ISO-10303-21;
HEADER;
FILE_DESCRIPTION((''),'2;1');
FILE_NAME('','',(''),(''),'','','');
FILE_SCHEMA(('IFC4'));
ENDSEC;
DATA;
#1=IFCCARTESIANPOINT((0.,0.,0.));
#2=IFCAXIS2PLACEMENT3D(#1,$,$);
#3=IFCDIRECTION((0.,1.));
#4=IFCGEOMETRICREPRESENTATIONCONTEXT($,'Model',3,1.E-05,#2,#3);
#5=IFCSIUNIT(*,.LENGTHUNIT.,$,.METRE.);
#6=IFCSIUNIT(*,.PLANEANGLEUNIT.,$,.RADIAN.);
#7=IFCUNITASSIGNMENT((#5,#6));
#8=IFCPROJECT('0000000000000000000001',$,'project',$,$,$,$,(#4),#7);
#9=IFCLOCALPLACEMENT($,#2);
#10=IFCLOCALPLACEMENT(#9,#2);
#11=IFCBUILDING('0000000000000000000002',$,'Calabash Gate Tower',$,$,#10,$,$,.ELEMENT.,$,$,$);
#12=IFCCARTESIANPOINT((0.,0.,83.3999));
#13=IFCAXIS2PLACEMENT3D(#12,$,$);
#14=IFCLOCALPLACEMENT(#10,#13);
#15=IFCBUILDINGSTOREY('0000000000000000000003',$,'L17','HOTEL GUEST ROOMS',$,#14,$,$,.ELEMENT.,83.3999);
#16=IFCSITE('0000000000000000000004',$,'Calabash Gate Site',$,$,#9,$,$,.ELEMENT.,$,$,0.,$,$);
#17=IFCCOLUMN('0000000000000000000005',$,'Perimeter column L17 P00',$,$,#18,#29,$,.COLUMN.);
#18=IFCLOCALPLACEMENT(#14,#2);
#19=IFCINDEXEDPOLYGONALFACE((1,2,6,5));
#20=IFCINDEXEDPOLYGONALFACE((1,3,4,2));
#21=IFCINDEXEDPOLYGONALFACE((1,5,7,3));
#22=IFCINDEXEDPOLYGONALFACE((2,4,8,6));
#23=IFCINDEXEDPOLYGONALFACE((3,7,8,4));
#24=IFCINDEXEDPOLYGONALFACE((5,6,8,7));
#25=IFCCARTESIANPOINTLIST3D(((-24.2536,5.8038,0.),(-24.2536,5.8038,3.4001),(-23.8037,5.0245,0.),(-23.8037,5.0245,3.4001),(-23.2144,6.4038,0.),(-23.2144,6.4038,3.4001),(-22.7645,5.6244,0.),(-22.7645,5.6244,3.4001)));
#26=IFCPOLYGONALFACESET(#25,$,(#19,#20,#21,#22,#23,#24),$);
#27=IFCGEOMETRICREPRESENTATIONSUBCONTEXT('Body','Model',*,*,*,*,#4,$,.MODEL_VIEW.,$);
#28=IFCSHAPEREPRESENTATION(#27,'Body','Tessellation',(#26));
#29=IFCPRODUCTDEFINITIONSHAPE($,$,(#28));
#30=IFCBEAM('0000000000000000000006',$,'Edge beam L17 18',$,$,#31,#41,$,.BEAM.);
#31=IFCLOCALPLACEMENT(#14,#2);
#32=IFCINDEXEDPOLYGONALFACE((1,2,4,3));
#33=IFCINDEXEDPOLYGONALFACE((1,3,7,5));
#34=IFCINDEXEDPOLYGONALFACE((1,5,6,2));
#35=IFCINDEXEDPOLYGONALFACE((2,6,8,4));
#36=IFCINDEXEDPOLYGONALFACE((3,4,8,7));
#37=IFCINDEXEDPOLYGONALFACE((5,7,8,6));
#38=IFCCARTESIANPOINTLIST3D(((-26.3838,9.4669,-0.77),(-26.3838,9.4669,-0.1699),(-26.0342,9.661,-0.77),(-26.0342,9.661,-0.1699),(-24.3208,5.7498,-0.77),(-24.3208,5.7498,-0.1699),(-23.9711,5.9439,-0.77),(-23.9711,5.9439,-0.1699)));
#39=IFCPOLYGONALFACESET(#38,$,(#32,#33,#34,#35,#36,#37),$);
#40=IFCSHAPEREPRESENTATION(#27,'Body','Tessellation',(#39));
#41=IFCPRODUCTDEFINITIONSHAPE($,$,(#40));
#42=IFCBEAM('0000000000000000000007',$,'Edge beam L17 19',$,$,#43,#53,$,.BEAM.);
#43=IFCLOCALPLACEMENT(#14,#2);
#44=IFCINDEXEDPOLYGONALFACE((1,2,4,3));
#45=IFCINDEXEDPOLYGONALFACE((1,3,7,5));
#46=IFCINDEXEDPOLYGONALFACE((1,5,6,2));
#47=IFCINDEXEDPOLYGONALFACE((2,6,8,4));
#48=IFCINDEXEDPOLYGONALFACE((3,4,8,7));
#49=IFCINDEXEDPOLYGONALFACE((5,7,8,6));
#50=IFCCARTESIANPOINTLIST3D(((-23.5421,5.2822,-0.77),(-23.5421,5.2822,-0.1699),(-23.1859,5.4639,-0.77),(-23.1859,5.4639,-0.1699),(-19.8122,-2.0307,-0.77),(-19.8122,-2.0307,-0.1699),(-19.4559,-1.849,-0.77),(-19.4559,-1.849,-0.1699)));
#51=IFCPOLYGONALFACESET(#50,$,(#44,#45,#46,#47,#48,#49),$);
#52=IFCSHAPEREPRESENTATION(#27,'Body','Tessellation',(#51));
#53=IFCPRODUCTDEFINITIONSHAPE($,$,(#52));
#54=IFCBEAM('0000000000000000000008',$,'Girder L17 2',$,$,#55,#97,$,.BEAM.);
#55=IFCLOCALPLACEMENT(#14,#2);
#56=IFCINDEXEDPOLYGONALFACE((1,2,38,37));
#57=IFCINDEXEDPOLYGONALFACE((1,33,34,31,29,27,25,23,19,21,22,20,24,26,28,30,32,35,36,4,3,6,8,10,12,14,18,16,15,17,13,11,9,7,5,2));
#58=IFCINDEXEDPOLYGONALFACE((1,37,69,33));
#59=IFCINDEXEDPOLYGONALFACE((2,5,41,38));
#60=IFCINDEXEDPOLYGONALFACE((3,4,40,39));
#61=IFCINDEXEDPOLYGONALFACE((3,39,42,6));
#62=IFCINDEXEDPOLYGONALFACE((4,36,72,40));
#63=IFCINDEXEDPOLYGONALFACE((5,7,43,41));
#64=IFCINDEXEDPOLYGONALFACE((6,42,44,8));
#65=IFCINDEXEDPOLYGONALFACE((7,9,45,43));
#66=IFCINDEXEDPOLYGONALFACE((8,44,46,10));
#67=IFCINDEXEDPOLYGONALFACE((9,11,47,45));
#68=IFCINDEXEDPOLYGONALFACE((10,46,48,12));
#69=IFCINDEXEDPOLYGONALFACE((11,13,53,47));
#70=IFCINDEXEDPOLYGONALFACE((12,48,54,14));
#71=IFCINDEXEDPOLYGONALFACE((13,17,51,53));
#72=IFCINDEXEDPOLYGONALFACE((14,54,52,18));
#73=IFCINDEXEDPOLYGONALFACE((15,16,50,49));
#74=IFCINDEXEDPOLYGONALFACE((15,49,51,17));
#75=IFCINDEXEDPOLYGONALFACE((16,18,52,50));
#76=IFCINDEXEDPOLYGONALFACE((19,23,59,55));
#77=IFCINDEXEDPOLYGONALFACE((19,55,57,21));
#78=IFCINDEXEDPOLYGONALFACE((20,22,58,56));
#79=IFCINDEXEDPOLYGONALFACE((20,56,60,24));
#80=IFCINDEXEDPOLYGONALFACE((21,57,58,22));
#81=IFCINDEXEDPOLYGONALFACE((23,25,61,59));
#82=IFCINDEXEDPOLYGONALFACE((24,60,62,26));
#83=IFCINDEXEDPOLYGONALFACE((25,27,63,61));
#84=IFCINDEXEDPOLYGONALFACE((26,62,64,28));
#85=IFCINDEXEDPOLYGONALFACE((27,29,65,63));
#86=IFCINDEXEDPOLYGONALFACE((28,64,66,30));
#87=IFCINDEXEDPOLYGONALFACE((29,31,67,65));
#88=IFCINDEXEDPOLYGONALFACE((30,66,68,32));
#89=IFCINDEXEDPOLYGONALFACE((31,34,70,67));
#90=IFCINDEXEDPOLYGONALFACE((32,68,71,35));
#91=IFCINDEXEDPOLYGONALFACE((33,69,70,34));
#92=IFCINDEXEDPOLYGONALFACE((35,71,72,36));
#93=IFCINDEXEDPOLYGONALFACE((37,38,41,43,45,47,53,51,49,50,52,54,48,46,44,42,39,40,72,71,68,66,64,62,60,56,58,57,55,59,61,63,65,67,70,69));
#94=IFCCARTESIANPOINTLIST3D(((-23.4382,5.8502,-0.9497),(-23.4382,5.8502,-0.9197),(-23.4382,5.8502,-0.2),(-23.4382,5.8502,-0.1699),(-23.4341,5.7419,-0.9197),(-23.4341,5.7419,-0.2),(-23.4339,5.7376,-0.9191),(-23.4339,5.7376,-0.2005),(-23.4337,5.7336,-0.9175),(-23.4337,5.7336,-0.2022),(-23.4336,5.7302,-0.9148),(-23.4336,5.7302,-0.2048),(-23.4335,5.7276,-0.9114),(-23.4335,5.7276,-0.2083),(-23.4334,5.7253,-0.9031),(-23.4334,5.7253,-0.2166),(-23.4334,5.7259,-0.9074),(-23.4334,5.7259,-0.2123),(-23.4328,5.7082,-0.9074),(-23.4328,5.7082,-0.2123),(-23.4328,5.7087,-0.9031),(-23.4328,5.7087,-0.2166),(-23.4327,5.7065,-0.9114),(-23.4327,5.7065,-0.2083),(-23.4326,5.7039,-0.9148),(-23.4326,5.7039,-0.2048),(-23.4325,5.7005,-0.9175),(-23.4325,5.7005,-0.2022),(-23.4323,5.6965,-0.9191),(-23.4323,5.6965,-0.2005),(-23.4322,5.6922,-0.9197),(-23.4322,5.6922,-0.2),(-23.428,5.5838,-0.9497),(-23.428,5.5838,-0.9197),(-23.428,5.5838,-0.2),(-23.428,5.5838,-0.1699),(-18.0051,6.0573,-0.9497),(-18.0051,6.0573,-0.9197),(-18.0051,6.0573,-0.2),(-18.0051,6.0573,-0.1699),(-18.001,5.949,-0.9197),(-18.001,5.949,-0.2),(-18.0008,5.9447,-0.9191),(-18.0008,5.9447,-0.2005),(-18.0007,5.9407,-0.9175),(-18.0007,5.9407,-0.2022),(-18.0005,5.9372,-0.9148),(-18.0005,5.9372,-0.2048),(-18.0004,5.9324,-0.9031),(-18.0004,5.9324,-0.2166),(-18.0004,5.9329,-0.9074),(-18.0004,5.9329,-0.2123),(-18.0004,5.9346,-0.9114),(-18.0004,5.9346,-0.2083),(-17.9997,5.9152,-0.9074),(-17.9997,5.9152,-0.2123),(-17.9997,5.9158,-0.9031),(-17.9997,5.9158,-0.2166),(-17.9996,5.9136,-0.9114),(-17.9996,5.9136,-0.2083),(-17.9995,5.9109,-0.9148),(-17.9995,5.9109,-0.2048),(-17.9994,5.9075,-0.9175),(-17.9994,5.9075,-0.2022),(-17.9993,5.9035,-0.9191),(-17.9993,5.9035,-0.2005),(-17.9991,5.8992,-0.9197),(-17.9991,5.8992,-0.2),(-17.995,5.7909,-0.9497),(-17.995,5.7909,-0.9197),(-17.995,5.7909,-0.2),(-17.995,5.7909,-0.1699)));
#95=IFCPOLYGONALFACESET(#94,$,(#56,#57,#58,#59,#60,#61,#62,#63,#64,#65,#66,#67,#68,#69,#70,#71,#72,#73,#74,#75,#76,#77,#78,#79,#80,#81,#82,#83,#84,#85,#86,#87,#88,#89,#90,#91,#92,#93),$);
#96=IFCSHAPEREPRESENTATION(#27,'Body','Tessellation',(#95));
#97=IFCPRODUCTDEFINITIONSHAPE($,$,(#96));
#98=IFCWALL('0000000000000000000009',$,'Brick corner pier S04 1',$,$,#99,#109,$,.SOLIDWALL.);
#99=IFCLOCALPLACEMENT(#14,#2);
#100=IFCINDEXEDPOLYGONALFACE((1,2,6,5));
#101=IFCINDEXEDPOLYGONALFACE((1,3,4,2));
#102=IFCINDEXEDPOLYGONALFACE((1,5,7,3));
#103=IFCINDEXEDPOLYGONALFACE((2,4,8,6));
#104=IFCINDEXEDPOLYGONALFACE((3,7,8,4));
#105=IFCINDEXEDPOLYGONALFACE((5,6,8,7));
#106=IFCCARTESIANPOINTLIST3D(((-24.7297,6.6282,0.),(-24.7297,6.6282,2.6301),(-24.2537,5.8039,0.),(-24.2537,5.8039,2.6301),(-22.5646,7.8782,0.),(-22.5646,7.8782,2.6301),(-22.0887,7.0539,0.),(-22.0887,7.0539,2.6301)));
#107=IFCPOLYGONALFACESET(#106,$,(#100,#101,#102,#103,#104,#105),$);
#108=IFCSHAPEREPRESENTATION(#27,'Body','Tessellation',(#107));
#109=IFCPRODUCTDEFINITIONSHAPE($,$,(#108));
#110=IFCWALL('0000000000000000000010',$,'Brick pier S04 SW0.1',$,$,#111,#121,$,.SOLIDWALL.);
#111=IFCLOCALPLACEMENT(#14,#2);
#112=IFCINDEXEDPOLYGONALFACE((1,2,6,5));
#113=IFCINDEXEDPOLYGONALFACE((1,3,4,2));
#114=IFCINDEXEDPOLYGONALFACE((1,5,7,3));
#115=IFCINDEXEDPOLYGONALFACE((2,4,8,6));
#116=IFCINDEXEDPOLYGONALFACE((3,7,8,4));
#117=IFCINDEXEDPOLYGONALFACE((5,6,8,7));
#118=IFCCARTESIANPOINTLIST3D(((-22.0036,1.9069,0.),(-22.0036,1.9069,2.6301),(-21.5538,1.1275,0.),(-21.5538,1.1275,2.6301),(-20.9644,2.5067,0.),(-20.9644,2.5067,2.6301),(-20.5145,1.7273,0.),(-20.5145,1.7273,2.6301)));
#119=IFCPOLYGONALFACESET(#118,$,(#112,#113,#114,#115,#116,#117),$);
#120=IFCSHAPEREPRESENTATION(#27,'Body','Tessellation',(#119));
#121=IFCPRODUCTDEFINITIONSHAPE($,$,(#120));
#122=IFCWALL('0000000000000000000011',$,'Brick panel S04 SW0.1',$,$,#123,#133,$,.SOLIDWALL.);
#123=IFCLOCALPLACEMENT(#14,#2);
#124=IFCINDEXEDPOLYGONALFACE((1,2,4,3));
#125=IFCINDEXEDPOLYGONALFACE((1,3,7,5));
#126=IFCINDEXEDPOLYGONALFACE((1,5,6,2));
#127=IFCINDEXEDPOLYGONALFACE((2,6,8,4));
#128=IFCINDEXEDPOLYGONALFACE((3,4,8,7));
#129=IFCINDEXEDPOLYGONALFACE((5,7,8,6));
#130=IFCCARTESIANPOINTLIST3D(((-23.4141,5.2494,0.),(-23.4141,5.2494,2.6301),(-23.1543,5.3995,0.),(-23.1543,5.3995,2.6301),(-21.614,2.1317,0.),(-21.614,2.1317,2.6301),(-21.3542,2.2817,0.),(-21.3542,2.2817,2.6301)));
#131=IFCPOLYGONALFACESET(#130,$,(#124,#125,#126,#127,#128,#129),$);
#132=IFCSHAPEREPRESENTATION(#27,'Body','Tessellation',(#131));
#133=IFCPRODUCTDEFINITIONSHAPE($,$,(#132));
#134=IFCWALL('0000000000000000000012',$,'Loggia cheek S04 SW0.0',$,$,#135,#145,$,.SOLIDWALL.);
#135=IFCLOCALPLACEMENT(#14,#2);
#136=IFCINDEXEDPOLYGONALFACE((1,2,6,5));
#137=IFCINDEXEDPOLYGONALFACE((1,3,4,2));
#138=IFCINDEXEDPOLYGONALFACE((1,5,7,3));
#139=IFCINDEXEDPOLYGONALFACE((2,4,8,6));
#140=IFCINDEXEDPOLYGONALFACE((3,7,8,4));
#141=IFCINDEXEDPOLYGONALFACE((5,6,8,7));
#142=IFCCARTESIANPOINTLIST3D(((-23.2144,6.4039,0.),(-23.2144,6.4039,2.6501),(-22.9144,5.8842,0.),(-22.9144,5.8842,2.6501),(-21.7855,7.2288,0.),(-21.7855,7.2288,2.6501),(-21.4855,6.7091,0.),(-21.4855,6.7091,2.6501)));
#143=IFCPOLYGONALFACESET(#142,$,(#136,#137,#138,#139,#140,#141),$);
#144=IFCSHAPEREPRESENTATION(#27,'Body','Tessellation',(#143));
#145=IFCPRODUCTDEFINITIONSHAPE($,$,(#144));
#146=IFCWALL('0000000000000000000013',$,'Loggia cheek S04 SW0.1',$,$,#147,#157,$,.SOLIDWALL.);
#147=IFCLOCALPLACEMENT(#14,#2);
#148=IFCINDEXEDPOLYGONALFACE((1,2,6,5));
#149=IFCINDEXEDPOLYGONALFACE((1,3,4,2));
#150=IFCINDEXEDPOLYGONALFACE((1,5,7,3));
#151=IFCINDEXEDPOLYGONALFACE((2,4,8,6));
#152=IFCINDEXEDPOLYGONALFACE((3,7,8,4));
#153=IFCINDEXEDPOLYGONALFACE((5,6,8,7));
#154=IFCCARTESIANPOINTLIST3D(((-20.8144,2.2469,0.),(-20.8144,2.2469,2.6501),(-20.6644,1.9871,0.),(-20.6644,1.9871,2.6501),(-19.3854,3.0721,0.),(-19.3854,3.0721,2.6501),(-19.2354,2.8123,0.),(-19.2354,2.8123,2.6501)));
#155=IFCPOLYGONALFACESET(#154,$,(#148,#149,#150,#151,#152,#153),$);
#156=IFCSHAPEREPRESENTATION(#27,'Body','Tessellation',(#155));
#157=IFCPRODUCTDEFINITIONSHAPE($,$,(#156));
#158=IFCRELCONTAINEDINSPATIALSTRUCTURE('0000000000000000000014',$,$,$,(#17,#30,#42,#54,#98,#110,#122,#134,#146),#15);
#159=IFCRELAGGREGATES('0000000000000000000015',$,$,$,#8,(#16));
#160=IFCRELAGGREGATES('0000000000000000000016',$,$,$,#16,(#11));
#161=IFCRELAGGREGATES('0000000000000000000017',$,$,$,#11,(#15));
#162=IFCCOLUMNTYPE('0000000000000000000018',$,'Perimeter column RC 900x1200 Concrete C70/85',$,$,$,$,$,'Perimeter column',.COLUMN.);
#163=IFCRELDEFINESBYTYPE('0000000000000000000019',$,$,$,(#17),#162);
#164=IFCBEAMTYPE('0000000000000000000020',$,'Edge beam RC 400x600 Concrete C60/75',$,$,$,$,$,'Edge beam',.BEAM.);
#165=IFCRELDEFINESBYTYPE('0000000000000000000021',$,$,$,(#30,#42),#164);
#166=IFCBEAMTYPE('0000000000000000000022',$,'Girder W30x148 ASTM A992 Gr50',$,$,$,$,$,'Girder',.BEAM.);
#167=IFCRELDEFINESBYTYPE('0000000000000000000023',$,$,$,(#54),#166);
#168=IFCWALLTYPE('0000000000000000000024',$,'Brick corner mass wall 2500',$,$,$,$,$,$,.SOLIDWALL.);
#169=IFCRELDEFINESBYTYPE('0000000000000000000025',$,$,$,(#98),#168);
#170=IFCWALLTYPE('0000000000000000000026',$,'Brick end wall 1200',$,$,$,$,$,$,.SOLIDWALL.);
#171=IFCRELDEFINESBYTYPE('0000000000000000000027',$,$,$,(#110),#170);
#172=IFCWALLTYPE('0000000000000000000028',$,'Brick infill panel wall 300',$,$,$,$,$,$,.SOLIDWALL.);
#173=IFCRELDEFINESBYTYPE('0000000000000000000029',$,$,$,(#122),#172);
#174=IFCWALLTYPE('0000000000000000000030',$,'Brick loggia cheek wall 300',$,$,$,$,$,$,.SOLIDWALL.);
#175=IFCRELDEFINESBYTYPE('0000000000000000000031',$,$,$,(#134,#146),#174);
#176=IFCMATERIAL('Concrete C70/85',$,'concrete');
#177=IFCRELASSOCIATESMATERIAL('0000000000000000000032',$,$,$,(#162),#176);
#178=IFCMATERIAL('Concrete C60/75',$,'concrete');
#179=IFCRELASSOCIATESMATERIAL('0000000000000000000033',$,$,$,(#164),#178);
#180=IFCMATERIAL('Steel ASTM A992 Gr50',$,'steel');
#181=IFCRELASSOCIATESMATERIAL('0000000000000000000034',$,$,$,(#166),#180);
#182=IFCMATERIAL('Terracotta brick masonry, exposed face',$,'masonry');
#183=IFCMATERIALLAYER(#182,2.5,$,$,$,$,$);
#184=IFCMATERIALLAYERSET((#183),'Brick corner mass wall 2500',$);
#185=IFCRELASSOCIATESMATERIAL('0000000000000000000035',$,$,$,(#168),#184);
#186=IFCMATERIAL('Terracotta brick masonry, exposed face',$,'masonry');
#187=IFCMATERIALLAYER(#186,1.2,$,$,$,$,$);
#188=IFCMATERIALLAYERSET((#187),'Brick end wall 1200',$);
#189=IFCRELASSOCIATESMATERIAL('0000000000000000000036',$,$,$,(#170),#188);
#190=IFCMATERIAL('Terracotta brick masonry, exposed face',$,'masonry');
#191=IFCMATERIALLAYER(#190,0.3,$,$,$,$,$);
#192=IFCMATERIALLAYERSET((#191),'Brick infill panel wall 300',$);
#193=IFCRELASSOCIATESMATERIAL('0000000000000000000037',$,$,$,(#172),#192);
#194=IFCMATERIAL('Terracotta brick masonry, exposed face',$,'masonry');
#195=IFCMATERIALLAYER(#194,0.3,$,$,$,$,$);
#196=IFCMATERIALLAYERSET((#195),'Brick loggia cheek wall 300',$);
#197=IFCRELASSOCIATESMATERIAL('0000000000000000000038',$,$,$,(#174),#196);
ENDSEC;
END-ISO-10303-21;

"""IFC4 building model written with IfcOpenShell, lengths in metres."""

from ifc_helpers import new_model, si_unit, direction, frame, frame_2d, origin, origin_2d, place, context, subcontext, project, spatial, rectangle, i_section, extrude, material, layer, layer_set, material_profile, profile_set, type_object, element, save


model = new_model("IFC4")

# Units and contexts
model_context = context("Model", 3, precision=1e-05, world=origin(), true_north=direction((0.0, 1.0)))
body_context = subcontext(model_context, "Body", "Model", "MODEL_VIEW")
ifc_project = project(units=[si_unit("LENGTHUNIT", "METRE"), si_unit("PLANEANGLEUNIT", "RADIAN")], contexts=[model_context])

# Site, building, storey
site_placement = place(None, origin())
site = spatial("IfcSite", under=ifc_project, at=site_placement, Name="Calabash Gate Site", CompositionType="ELEMENT", RefElevation=0.0)
building_placement = place(site_placement, origin())
building = spatial("IfcBuilding", under=site, at=building_placement, Name="Calabash Gate Tower", CompositionType="ELEMENT")
storey_placement = place(building_placement, frame((0.0, 0.0, 83.3999)))
storey = spatial("IfcBuildingStorey", under=building, at=storey_placement, Name="L17", Description="HOTEL GUEST ROOMS", CompositionType="ELEMENT", Elevation=83.3999)

# Column
ifc_material_1 = material(Name="Concrete C70/85", Category="concrete")
ifc_material_profile_1 = material_profile(ifc_material_1, rectangle(XDim=0.8999, YDim=1.2, at=origin_2d()))
ifc_profile_set_1 = profile_set([ifc_material_profile_1], Name="Concrete C70/85")
column_type = type_object("IfcColumnType", Name="Perimeter column RC 900x1200 Concrete C70/85", ElementType="Perimeter column", PredefinedType="COLUMN", material=ifc_profile_set_1)
column_placement = place(storey_placement, frame((-23.509, 5.7141, 0.0), z_axis=(0.0, 0.0, 1.0), x_axis=(0.5, -0.866025, 0.0)))
element("IfcColumn", 1, at=column_placement, inside=storey, type_object=column_type, Name="Perimeter column L17 P00", PredefinedType="COLUMN", context=body_context, shape_type="SweptSolid", body=[
    extrude(rectangle(XDim=0.8999, YDim=1.2, at=origin_2d()), origin(), (0.0, 0.0, 1.0), 3.4001),
])

# Beams
ifc_material_2 = material(Name="Concrete C60/75", Category="concrete")
ifc_material_profile_2 = material_profile(ifc_material_2, rectangle(XDim=0.3999, YDim=0.6001, at=origin_2d()))
ifc_profile_set_2 = profile_set([ifc_material_profile_2], Name="Concrete C60/75")
beam_type_1 = type_object("IfcBeamType", Name="Edge beam RC 400x600 Concrete C60/75", ElementType="Edge beam", PredefinedType="BEAM", material=ifc_profile_set_2)
beam_1_placement = place(storey_placement, frame((-26.209, 9.564, -0.47), z_axis=(0.485277, -0.87436, 0.0), x_axis=(0.87436, 0.485277, 0.0)))
element("IfcBeam", 2, at=beam_1_placement, inside=storey, type_object=beam_type_1, Name="Edge beam L17 18", PredefinedType="BEAM", context=body_context, shape_type="SweptSolid", body=[
    extrude(rectangle(XDim=0.3999, YDim=0.6001, at=origin_2d()), origin(), (0.0, 0.0, 1.0), 4.2512),
])
beam_2_placement = place(storey_placement, frame((-23.364, 5.373, -0.47), z_axis=(0.454361, -0.890818, 0.0), x_axis=(0.890818, 0.454361, 0.0)))
element("IfcBeam", 3, at=beam_2_placement, inside=storey, type_object=beam_type_1, Name="Edge beam L17 19", PredefinedType="BEAM", context=body_context, shape_type="SweptSolid", body=[
    extrude(rectangle(XDim=0.3999, YDim=0.6001, at=origin_2d()), origin(), (0.0, 0.0, 1.0), 8.2092),
])
ifc_material_3 = material(Name="Steel ASTM A992 Gr50", Category="steel")
ifc_material_profile_3 = material_profile(ifc_material_3, i_section(OverallWidth=0.2666, OverallDepth=0.7798, WebThickness=0.0166, FlangeThickness=0.03, FilletRadius=0.0166, at=origin_2d()))
ifc_profile_set_3 = profile_set([ifc_material_profile_3], Name="Steel ASTM A992 Gr50")
beam_type_2 = type_object("IfcBeamType", Name="Girder W30x148 ASTM A992 Gr50", ElementType="Girder", PredefinedType="BEAM", material=ifc_profile_set_3)
beam_3_placement = place(storey_placement, frame((-23.4331, 5.717, -0.5598), z_axis=(0.999275, 0.038078, 0.0), x_axis=(-0.038078, 0.999275, 0.0)))
element("IfcBeam", 4, at=beam_3_placement, inside=storey, type_object=beam_type_2, Name="Girder L17 2", PredefinedType="BEAM", context=body_context, shape_type="SweptSolid", body=[
    extrude(i_section(OverallWidth=0.2666, OverallDepth=0.7798, WebThickness=0.0166, FlangeThickness=0.03, FilletRadius=0.0166, at=origin_2d()), origin(), (0.0, 0.0, 1.0), 5.437),
])

# Walls
ifc_material_4 = material(Name="Terracotta brick masonry, exposed face", Category="masonry")
ifc_layer_1 = layer(ifc_material_4, 2.5)
ifc_layer_set_1 = layer_set([ifc_layer_1], Name="Brick corner mass wall 2500")
wall_type_1 = type_object("IfcWallType", Name="Brick corner mass wall 2500", PredefinedType="SOLIDWALL", material=ifc_layer_set_1)
wall_1_placement = place(storey_placement, frame((-22.3267, 7.4661, 0.0), z_axis=(0.0, 0.0, 1.0), x_axis=(-0.866023, -0.500004, 0.0)))
element("IfcWall", 5, at=wall_1_placement, inside=storey, type_object=wall_type_1, Name="Brick corner pier S04 1", PredefinedType="SOLIDWALL", context=body_context, shape_type="SweptSolid", body=[
    extrude(rectangle(XDim=2.5, YDim=0.9519, at=frame_2d((1.25, 0.0))), origin(), (0.0, 0.0, 1.0), 2.6301),
])
ifc_material_5 = material(Name="Terracotta brick masonry, exposed face", Category="masonry")
ifc_layer_2 = layer(ifc_material_5, 1.2)
ifc_layer_set_2 = layer_set([ifc_layer_2], Name="Brick end wall 1200")
wall_type_2 = type_object("IfcWallType", Name="Brick end wall 1200", PredefinedType="SOLIDWALL", material=ifc_layer_set_2)
wall_2_placement = place(storey_placement, frame((-21.7788, 1.5171, 0.0), z_axis=(0.0, 0.0, 1.0), x_axis=(0.866094, 0.499881, 0.0)))
element("IfcWall", 6, at=wall_2_placement, inside=storey, type_object=wall_type_2, Name="Brick pier S04 SW0.1", PredefinedType="SOLIDWALL", context=body_context, shape_type="SweptSolid", body=[
    extrude(rectangle(XDim=1.2, YDim=0.8999, at=frame_2d((0.6001, 0.0))), origin(), (0.0, 0.0, 1.0), 2.6301),
])
ifc_material_6 = material(Name="Terracotta brick masonry, exposed face", Category="masonry")
ifc_layer_3 = layer(ifc_material_6, 0.3)
ifc_layer_set_3 = layer_set([ifc_layer_3], Name="Brick infill panel wall 300")
wall_type_3 = type_object("IfcWallType", Name="Brick infill panel wall 300", PredefinedType="SOLIDWALL", material=ifc_layer_set_3)
wall_3_placement = place(storey_placement, frame((-23.2842, 5.3245, 0.0), z_axis=(0.0, 0.0, 1.0), x_axis=(0.500012, -0.866018, 0.0)))
element("IfcWall", 7, at=wall_3_placement, inside=storey, type_object=wall_type_3, Name="Brick panel S04 SW0.1", PredefinedType="SOLIDWALL", context=body_context, shape_type="SweptSolid", body=[
    extrude(rectangle(XDim=3.6001, YDim=0.3, at=frame_2d((1.8, 0.0))), origin(), (0.0, 0.0, 1.0), 2.6301),
])
ifc_material_7 = material(Name="Terracotta brick masonry, exposed face", Category="masonry")
ifc_layer_4 = layer(ifc_material_7, 0.3)
ifc_layer_set_4 = layer_set([ifc_layer_4], Name="Brick loggia cheek wall 300")
wall_type_4 = type_object("IfcWallType", Name="Brick loggia cheek wall 300", PredefinedType="SOLIDWALL", material=ifc_layer_set_4)
wall_4_placement = place(storey_placement, frame((-21.6355, 6.969, 0.0), z_axis=(0.0, 0.0, 1.0), x_axis=(-0.86604, -0.499974, 0.0)))
element("IfcWall", 8, at=wall_4_placement, inside=storey, type_object=wall_type_4, Name="Loggia cheek S04 SW0.0", PredefinedType="SOLIDWALL", context=body_context, shape_type="SweptSolid", body=[
    extrude(rectangle(XDim=1.6499, YDim=0.6001, at=frame_2d((0.825, 0.0))), origin(), (0.0, 0.0, 1.0), 2.6501),
])
wall_5_placement = place(storey_placement, frame((-20.7395, 2.1169, 0.0), z_axis=(0.0, 0.0, 1.0), x_axis=(0.865976, 0.500085, 0.0)))
element("IfcWall", 9, at=wall_5_placement, inside=storey, type_object=wall_type_4, Name="Loggia cheek S04 SW0.1", PredefinedType="SOLIDWALL", context=body_context, shape_type="SweptSolid", body=[
    extrude(rectangle(XDim=1.6501, YDim=0.3, at=frame_2d((0.8252, 0.0))), origin(), (0.0, 0.0, 1.0), 2.6501),
])

save(model, "model.ifc")
